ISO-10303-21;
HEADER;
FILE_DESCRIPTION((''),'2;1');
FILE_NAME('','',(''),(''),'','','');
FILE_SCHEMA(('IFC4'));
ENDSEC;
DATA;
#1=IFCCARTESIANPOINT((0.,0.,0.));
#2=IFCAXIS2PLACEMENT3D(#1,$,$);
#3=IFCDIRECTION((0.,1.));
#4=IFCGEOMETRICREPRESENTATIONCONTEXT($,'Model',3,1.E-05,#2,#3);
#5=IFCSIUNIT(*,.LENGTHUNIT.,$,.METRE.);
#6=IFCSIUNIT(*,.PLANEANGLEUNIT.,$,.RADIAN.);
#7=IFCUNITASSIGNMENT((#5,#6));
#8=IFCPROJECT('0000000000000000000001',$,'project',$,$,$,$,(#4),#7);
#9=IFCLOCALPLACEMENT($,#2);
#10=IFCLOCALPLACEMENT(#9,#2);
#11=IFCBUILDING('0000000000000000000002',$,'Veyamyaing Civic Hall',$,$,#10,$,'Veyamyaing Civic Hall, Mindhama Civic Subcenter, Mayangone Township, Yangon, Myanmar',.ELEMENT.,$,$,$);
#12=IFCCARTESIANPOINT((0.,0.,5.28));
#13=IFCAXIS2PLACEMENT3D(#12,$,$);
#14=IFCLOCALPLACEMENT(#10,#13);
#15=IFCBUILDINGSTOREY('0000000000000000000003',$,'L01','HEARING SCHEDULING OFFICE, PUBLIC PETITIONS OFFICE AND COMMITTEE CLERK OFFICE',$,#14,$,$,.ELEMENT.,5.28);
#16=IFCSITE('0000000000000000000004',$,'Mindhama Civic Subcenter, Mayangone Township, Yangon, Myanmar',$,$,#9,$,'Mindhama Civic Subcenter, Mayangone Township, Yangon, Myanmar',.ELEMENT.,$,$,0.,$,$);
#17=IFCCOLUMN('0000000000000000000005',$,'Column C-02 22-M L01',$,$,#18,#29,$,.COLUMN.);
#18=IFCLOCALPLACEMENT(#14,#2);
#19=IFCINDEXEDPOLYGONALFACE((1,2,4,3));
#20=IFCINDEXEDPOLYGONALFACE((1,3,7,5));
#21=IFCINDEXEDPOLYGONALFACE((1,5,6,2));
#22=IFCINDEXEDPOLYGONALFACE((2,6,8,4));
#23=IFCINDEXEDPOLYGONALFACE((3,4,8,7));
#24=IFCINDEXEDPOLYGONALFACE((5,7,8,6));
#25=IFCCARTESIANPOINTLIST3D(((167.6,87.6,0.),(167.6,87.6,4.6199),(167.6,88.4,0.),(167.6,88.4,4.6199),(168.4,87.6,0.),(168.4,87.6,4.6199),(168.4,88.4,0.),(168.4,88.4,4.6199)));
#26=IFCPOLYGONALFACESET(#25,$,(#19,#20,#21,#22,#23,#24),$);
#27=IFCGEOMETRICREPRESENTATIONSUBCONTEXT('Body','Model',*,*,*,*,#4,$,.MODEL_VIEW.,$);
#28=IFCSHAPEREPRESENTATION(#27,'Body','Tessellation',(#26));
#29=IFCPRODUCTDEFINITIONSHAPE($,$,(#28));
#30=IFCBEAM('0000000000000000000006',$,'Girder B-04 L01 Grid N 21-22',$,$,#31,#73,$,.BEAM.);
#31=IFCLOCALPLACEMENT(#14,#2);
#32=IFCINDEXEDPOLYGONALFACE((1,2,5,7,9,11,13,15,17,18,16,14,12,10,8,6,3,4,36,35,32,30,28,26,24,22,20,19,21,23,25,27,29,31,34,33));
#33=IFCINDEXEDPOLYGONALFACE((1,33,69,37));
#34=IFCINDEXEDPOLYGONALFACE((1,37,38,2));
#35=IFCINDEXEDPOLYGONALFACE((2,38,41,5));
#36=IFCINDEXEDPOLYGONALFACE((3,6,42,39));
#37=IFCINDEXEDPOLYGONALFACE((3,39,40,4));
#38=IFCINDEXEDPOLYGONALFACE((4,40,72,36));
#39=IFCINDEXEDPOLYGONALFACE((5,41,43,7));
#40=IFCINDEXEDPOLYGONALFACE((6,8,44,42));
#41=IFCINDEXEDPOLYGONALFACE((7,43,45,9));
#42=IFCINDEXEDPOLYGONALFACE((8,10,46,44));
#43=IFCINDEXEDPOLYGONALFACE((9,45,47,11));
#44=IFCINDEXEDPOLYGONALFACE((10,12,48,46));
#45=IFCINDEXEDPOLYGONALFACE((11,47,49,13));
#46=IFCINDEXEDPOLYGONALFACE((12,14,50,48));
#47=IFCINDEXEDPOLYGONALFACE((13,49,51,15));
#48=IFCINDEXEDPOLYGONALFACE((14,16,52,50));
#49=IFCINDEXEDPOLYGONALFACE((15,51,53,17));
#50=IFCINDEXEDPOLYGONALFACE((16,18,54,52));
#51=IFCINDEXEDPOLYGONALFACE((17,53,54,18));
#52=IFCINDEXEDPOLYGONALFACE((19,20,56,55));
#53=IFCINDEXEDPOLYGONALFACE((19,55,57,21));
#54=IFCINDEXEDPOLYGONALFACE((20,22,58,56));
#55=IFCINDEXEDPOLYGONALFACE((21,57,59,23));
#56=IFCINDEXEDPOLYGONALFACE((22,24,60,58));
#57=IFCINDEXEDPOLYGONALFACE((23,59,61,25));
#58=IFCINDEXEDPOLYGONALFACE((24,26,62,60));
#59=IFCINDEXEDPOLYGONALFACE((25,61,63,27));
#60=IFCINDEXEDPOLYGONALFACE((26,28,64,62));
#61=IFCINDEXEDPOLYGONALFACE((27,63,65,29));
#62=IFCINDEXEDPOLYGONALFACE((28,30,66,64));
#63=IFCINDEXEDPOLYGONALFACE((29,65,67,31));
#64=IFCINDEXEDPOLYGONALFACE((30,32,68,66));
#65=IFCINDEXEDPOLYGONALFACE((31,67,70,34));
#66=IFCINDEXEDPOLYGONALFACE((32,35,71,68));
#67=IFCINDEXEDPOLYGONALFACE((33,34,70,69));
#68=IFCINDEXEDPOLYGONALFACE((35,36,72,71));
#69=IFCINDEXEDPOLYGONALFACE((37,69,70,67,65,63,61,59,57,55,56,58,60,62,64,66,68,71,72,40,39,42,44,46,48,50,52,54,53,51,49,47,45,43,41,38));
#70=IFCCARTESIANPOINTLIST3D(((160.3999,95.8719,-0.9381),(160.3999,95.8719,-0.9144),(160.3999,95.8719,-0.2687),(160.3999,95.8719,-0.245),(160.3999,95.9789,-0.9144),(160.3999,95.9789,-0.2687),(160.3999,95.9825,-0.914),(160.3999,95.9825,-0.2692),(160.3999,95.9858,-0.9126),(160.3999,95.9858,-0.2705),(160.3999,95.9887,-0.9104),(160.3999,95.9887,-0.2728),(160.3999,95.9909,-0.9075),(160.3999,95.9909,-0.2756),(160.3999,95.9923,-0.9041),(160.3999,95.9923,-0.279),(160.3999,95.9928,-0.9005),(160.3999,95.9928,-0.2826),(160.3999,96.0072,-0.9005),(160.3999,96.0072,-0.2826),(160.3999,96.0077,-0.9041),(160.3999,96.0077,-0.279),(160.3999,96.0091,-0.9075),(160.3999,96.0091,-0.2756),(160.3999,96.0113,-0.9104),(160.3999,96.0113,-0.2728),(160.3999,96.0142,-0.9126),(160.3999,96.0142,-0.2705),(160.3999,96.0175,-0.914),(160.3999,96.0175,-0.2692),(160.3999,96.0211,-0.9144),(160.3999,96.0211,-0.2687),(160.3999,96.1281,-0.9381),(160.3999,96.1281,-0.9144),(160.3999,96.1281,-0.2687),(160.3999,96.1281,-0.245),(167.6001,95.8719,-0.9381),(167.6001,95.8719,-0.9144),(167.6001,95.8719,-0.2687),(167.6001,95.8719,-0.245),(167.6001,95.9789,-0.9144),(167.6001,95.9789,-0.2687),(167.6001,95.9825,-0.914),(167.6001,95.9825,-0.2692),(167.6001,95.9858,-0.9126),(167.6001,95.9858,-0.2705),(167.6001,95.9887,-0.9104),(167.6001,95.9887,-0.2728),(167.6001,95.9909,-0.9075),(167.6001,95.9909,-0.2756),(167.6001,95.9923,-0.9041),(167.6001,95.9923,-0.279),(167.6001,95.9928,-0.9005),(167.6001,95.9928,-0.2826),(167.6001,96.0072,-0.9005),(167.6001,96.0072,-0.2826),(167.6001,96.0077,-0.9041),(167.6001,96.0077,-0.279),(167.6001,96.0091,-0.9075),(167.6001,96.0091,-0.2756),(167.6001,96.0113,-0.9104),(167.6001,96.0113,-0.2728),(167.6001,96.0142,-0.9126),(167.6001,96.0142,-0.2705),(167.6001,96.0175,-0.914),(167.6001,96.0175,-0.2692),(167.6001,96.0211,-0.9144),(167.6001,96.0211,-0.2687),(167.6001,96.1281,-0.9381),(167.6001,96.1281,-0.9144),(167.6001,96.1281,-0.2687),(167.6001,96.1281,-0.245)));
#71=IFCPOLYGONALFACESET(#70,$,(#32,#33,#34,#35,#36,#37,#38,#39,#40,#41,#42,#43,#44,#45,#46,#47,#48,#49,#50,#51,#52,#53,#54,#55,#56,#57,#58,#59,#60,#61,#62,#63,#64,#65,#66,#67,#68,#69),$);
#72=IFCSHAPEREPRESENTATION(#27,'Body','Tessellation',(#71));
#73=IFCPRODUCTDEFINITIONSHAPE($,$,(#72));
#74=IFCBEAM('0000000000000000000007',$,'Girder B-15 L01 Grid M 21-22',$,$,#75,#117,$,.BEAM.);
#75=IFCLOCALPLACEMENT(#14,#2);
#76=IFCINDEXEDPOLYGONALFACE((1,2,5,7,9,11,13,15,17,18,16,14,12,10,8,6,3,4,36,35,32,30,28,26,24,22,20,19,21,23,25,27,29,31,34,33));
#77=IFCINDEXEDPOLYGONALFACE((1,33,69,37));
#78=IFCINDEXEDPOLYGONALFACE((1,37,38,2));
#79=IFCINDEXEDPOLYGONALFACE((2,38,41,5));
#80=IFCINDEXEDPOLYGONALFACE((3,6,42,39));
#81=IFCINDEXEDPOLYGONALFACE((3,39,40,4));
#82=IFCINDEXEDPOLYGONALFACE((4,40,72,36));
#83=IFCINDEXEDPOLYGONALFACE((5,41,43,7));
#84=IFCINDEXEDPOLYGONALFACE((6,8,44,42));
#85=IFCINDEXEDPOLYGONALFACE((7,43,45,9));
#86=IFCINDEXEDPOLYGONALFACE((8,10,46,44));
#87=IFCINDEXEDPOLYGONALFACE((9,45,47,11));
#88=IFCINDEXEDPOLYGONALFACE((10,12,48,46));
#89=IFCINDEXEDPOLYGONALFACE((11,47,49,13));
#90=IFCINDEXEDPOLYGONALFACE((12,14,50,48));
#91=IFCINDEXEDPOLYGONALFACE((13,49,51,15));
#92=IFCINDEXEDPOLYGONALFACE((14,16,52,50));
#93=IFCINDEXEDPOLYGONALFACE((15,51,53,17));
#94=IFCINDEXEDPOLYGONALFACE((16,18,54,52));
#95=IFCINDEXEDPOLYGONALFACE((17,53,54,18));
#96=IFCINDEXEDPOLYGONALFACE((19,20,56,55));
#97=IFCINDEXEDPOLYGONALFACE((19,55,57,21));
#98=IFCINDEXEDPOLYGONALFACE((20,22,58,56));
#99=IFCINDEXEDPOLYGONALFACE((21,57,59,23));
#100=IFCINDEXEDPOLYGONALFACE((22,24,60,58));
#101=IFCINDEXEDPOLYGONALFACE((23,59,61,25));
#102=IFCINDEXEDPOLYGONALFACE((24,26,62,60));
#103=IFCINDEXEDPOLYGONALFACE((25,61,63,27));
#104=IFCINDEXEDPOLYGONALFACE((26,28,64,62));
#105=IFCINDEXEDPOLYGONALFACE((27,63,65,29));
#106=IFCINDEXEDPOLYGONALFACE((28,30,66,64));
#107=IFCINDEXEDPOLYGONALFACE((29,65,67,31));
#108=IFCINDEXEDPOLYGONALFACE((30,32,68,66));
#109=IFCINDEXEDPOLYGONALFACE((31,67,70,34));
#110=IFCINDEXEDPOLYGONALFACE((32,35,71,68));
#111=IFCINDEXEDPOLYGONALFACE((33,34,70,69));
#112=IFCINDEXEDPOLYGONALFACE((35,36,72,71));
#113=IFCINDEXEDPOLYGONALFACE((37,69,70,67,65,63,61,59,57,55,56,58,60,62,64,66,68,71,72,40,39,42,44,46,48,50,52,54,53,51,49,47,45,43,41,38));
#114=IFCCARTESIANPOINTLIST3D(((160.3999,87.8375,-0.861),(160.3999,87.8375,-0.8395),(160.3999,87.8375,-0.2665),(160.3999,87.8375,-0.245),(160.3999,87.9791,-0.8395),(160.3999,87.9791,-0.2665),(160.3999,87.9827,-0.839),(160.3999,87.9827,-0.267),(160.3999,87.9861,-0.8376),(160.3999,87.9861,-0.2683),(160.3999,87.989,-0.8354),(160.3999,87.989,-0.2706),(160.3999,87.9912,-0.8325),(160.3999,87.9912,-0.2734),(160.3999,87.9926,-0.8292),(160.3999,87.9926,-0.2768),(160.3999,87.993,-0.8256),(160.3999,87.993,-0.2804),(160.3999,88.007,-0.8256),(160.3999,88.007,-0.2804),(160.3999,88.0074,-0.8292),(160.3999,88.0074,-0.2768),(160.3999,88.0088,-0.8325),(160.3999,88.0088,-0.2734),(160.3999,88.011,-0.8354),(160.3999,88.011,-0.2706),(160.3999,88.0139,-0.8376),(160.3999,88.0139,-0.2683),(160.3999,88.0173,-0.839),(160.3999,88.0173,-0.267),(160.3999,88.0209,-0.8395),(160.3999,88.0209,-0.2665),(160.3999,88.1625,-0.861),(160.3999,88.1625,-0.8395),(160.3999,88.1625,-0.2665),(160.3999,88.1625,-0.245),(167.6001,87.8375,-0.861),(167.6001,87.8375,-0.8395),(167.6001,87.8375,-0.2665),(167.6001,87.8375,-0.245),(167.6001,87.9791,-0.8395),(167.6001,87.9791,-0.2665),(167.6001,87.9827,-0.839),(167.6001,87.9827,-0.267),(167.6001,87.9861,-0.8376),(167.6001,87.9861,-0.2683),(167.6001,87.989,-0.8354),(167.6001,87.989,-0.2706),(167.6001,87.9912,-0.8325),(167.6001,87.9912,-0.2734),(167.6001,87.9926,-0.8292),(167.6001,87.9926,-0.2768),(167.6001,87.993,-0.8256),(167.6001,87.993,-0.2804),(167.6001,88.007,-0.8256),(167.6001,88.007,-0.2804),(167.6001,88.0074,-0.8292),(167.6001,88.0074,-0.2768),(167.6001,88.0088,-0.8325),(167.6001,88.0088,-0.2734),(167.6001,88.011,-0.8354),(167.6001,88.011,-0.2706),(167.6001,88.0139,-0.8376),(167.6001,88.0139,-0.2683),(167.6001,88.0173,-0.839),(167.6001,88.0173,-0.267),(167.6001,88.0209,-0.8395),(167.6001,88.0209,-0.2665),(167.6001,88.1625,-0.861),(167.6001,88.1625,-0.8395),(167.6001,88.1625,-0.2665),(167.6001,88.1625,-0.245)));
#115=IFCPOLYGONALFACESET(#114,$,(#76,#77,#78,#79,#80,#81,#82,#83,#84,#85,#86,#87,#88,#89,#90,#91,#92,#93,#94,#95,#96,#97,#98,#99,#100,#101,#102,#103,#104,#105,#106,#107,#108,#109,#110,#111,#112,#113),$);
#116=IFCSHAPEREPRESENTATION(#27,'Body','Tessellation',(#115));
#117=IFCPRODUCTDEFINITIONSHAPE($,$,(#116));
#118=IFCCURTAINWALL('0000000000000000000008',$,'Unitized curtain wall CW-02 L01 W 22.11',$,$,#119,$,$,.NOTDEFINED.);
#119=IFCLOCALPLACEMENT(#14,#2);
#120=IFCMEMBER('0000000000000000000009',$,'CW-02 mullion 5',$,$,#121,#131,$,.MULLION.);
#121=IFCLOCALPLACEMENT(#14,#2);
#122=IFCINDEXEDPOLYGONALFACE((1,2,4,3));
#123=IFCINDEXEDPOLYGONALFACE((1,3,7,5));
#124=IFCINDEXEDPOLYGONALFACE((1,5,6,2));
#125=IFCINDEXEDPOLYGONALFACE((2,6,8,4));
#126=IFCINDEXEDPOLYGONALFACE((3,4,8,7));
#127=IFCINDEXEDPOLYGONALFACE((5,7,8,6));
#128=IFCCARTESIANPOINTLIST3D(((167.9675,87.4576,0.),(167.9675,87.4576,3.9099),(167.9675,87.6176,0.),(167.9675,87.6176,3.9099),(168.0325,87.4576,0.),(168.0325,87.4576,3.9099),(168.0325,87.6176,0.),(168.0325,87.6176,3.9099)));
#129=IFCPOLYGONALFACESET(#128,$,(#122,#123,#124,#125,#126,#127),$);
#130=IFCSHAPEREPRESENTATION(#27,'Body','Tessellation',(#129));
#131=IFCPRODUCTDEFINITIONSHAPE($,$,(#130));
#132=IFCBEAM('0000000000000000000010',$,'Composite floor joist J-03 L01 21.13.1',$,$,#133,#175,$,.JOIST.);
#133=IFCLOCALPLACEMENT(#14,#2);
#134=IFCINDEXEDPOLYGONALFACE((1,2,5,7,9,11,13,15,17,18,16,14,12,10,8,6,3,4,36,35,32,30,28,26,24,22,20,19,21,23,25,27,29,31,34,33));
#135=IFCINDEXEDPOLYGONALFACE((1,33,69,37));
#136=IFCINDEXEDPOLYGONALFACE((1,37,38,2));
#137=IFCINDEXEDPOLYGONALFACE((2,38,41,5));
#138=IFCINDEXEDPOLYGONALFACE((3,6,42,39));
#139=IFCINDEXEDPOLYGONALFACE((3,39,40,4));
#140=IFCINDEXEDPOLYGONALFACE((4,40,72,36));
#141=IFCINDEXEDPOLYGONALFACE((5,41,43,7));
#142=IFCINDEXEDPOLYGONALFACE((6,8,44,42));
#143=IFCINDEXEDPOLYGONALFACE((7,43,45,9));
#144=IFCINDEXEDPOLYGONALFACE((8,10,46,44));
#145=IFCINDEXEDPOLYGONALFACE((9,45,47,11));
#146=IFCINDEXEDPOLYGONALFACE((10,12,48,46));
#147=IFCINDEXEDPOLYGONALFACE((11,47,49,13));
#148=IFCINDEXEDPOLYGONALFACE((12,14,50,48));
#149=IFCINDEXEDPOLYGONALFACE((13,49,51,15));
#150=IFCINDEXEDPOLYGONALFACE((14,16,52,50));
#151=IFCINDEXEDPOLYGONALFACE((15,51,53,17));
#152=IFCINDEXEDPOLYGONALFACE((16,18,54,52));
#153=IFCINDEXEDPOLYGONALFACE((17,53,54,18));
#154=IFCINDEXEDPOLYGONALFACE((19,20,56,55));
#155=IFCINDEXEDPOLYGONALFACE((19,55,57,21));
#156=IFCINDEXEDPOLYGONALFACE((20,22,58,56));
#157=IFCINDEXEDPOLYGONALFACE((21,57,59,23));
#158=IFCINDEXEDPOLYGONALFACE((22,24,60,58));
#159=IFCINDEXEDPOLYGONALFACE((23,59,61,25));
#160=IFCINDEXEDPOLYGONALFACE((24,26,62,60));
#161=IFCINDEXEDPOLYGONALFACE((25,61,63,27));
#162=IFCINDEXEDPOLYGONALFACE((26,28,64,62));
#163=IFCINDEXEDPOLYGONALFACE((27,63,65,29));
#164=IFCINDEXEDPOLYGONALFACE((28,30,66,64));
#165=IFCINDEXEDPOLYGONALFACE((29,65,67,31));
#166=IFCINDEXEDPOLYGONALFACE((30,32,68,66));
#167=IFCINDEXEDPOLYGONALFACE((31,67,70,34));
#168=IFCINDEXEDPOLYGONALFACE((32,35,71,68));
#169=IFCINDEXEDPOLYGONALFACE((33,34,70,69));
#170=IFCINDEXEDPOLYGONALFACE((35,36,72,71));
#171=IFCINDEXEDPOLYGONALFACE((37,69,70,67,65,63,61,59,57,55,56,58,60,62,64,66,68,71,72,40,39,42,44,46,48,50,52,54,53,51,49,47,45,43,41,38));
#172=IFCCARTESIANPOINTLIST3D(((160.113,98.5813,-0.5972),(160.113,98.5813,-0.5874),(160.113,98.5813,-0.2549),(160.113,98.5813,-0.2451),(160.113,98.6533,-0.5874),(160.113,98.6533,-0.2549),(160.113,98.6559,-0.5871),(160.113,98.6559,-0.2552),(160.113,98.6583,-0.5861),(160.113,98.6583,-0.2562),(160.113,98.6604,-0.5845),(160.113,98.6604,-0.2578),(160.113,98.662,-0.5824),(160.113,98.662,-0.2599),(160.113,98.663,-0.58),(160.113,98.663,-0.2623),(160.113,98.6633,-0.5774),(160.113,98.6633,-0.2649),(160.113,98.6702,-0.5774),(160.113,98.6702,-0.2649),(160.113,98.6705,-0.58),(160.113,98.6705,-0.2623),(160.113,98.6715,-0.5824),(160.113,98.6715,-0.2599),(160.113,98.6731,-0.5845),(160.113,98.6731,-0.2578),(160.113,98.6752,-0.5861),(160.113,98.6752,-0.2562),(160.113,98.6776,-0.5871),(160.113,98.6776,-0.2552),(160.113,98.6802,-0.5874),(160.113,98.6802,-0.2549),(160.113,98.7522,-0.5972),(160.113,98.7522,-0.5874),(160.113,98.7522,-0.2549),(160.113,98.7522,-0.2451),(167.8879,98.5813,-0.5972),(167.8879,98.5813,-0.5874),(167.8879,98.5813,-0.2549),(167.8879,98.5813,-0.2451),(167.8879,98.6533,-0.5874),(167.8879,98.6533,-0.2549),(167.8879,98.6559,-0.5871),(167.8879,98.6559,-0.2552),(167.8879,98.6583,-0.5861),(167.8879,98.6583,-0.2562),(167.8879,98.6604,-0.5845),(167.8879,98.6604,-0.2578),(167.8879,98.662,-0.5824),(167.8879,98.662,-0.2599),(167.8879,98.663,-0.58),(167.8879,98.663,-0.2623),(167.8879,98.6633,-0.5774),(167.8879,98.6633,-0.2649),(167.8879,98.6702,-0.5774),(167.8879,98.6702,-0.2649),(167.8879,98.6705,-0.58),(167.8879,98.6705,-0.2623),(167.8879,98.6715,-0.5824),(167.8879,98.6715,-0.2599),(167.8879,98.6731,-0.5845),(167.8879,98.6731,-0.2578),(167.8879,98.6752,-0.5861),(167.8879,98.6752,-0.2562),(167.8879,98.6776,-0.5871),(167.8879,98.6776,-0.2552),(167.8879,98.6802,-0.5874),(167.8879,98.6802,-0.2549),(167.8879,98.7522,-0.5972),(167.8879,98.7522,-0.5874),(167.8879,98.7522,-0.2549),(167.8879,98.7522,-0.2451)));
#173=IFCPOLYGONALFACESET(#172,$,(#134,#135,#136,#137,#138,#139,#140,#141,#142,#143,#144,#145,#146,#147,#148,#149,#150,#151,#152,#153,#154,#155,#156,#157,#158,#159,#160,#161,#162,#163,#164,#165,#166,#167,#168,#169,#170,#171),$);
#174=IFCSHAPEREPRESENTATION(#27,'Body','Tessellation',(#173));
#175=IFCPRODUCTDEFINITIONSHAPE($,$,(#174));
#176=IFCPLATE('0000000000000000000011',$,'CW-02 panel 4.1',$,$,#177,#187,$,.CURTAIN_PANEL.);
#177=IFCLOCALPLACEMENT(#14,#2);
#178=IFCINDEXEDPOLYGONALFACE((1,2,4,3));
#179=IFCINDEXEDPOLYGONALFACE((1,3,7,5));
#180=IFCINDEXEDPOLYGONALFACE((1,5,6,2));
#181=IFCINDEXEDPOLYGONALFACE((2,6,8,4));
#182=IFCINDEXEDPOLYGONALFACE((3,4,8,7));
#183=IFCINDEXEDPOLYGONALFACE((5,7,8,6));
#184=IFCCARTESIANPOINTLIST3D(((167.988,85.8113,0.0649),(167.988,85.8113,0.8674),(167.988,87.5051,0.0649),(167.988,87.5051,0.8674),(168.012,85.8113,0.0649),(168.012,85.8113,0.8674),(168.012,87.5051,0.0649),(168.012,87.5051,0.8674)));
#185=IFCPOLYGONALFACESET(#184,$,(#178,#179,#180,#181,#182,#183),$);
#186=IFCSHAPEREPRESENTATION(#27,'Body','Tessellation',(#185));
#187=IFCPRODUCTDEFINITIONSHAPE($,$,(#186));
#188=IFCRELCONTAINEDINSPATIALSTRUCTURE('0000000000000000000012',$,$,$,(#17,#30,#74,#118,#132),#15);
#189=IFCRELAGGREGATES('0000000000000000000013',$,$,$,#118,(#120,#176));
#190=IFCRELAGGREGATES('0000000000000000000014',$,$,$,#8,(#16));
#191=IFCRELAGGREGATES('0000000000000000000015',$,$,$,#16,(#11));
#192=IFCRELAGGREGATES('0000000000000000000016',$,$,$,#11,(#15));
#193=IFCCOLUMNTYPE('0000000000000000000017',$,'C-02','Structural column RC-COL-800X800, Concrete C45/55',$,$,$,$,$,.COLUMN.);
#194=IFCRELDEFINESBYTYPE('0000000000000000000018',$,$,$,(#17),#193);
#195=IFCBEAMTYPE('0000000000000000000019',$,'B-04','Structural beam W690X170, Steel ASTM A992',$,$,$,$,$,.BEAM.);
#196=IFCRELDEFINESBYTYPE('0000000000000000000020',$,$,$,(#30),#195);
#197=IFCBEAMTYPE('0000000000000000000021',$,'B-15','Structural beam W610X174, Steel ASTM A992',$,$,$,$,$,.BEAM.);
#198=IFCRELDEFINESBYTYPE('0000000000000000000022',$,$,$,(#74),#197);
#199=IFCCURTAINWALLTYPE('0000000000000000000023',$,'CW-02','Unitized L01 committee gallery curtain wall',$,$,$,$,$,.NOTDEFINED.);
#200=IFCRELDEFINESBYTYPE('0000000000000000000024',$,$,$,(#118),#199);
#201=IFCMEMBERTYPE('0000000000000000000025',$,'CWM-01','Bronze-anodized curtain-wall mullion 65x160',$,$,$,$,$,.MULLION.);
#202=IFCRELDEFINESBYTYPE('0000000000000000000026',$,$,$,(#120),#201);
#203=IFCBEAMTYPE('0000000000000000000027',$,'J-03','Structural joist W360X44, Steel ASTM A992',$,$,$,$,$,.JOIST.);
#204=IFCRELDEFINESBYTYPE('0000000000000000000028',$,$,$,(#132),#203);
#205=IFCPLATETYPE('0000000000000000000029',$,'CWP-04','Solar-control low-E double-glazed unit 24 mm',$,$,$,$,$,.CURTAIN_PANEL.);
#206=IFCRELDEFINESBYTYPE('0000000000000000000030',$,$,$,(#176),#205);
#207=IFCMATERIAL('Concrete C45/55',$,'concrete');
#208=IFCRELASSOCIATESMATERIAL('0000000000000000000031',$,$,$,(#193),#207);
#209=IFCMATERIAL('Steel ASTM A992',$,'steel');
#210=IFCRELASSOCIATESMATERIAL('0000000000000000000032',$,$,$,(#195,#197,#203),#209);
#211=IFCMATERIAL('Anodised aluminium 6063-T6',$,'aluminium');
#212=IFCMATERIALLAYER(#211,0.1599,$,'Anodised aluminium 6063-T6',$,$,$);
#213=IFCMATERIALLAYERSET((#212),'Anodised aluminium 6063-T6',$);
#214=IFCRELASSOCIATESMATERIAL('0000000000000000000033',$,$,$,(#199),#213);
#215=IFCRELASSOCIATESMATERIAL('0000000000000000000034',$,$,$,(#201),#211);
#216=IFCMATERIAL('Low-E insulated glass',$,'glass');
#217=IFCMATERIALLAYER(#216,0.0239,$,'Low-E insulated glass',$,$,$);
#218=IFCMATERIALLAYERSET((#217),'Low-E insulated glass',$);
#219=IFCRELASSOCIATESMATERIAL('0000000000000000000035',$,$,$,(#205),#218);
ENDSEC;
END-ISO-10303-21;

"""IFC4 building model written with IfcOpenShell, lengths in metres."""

from ifc_helpers import new_model, si_unit, direction, frame, origin, origin_2d, place, context, subcontext, project, spatial, rectangle, i_section, extrude, material, layer, layer_set, material_profile, profile_set, type_object, element, aggregate, save


model = new_model("IFC4")

# Units and contexts
model_context = context("Model", 3, precision=1e-05, world=origin(), true_north=direction((0.0, 1.0)))
body_context = subcontext(model_context, "Body", "Model", "MODEL_VIEW")
ifc_project = project(units=[si_unit("LENGTHUNIT", "METRE"), si_unit("PLANEANGLEUNIT", "RADIAN")], contexts=[model_context])

# Site, building, storey
site_placement = place(None, origin())
site = spatial("IfcSite", under=ifc_project, at=site_placement, Name="Mindhama Civic Subcenter, Mayangone Township, Yangon, Myanmar", LongName="Mindhama Civic Subcenter, Mayangone Township, Yangon, Myanmar", CompositionType="ELEMENT", RefElevation=0.0)
building_placement = place(site_placement, origin())
building = spatial("IfcBuilding", under=site, at=building_placement, Name="Veyamyaing Civic Hall", LongName="Veyamyaing Civic Hall, Mindhama Civic Subcenter, Mayangone Township, Yangon, Myanmar", CompositionType="ELEMENT")
storey_placement = place(building_placement, frame((0.0, 0.0, 5.28)))
storey = spatial("IfcBuildingStorey", under=building, at=storey_placement, Name="L01", Description="HEARING SCHEDULING OFFICE, PUBLIC PETITIONS OFFICE AND COMMITTEE CLERK OFFICE", CompositionType="ELEMENT", Elevation=5.28)

# Column
ifc_material_1 = material(Name="Concrete C45/55", Category="concrete")
ifc_material_profile_1 = material_profile(ifc_material_1, rectangle(XDim=0.8, YDim=0.8, at=origin_2d()), Name="RC-COL-800X800")
ifc_profile_set_1 = profile_set([ifc_material_profile_1], Name="Concrete C45/55")
column_type = type_object("IfcColumnType", Name="C-02", Description="Structural column RC-COL-800X800, Concrete C45/55", PredefinedType="COLUMN", material=ifc_profile_set_1)
column_placement = place(storey_placement, frame((168.0, 88.0, 0.0), z_axis=(0.0, 0.0, 1.0), x_axis=(1.0, 0.0, 0.0)))
element("IfcColumn", 1, at=column_placement, inside=storey, type_object=column_type, Name="Column C-02 22-M L01", PredefinedType="COLUMN", context=body_context, shape_type="SweptSolid", body=[
    extrude(rectangle(XDim=0.8, YDim=0.8, at=origin_2d()), origin(), (0.0, 0.0, 1.0), 4.6199),
])

# Beams
ifc_material_2 = material(Name="Steel ASTM A992", Category="steel")
ifc_material_profile_2 = material_profile(ifc_material_2, i_section(OverallWidth=0.2561, OverallDepth=0.6931, WebThickness=0.0144, FlangeThickness=0.0237, FilletRadius=0.0139, at=origin_2d()), Name="W690X170")
ifc_profile_set_2 = profile_set([ifc_material_profile_2], Name="Steel ASTM A992")
beam_type_1 = type_object("IfcBeamType", Name="B-04", Description="Structural beam W690X170, Steel ASTM A992", PredefinedType="BEAM", material=ifc_profile_set_2)
beam_1_placement = place(storey_placement, frame((160.3999, 96.0, -0.5916), z_axis=(1.0, 0.0, 0.0), x_axis=(0.0, 1.0, 0.0)))
element("IfcBeam", 2, at=beam_1_placement, inside=storey, type_object=beam_type_1, Name="Girder B-04 L01 Grid N 21-22", PredefinedType="BEAM", context=body_context, shape_type="SweptSolid", body=[
    extrude(i_section(OverallWidth=0.2561, OverallDepth=0.6931, WebThickness=0.0144, FlangeThickness=0.0237, FilletRadius=0.0139, at=origin_2d()), origin(), (0.0, 0.0, 1.0), 7.2002),
])
ifc_material_profile_3 = material_profile(ifc_material_2, i_section(OverallWidth=0.325, OverallDepth=0.616, WebThickness=0.0139, FlangeThickness=0.0215, FilletRadius=0.0139, at=origin_2d()), Name="W610X174")
ifc_profile_set_3 = profile_set([ifc_material_profile_3], Name="Steel ASTM A992")
beam_type_2 = type_object("IfcBeamType", Name="B-15", Description="Structural beam W610X174, Steel ASTM A992", PredefinedType="BEAM", material=ifc_profile_set_3)
beam_2_placement = place(storey_placement, frame((160.3999, 88.0, -0.553), z_axis=(1.0, 0.0, 0.0), x_axis=(0.0, 1.0, 0.0)))
element("IfcBeam", 3, at=beam_2_placement, inside=storey, type_object=beam_type_2, Name="Girder B-15 L01 Grid M 21-22", PredefinedType="BEAM", context=body_context, shape_type="SweptSolid", body=[
    extrude(i_section(OverallWidth=0.325, OverallDepth=0.616, WebThickness=0.0139, FlangeThickness=0.0215, FilletRadius=0.0139, at=origin_2d()), origin(), (0.0, 0.0, 1.0), 7.2002),
])

# Curtain wall, member
ifc_material_3 = material(Name="Anodised aluminium 6063-T6", Category="aluminium")
ifc_layer_1 = layer(ifc_material_3, 0.1599, Name="Anodised aluminium 6063-T6")
ifc_layer_set_1 = layer_set([ifc_layer_1], Name="Anodised aluminium 6063-T6")
curtain_wall_type = type_object("IfcCurtainWallType", Name="CW-02", Description="Unitized L01 committee gallery curtain wall", PredefinedType="NOTDEFINED", material=ifc_layer_set_1)
curtain_wall_placement = place(storey_placement, origin())
curtain_wall = element("IfcCurtainWall", 4, at=curtain_wall_placement, inside=storey, type_object=curtain_wall_type, Name="Unitized curtain wall CW-02 L01 W 22.11", PredefinedType="NOTDEFINED")
ifc_material_profile_4 = material_profile(ifc_material_3, rectangle(XDim=0.0649, YDim=0.1599, at=origin_2d()), Name="ALU-MUL-65X160")
ifc_profile_set_4 = profile_set([ifc_material_profile_4], Name="Anodised aluminium 6063-T6")
member_type = type_object("IfcMemberType", Name="CWM-01", Description="Bronze-anodized curtain-wall mullion 65x160", PredefinedType="MULLION", material=ifc_profile_set_4)
member_placement = place(storey_placement, frame((168.0, 87.5376, 0.0), z_axis=(0.0, 0.0, 1.0), x_axis=(-1.0, 0.0, 0.0)))
member = element("IfcMember", 5, at=member_placement, type_object=member_type, Name="CW-02 mullion 5", PredefinedType="MULLION", context=body_context, shape_type="SweptSolid", body=[
    extrude(rectangle(XDim=0.0649, YDim=0.1599, at=origin_2d()), origin(), (0.0, 0.0, 1.0), 3.9099),
])

# Beam
ifc_material_profile_5 = material_profile(ifc_material_2, i_section(OverallWidth=0.1709, OverallDepth=0.3521, WebThickness=0.0068, FlangeThickness=0.0098, FilletRadius=0.01, at=origin_2d()), Name="W360X44")
ifc_profile_set_5 = profile_set([ifc_material_profile_5], Name="Steel ASTM A992")
beam_type_3 = type_object("IfcBeamType", Name="J-03", Description="Structural joist W360X44, Steel ASTM A992", PredefinedType="JOIST", material=ifc_profile_set_5)
beam_3_placement = place(storey_placement, frame((160.113, 98.6667, -0.4211), z_axis=(1.0, 0.0, 0.0), x_axis=(0.0, 1.0, 0.0)))
element("IfcBeam", 6, at=beam_3_placement, inside=storey, type_object=beam_type_3, Name="Composite floor joist J-03 L01 21.13.1", PredefinedType="JOIST", context=body_context, shape_type="SweptSolid", body=[
    extrude(i_section(OverallWidth=0.1709, OverallDepth=0.3521, WebThickness=0.0068, FlangeThickness=0.0098, FilletRadius=0.01, at=origin_2d()), origin(), (0.0, 0.0, 1.0), 7.7749),
])

# Plate
ifc_material_4 = material(Name="Low-E insulated glass", Category="glass")
ifc_layer_2 = layer(ifc_material_4, 0.0239, Name="Low-E insulated glass")
ifc_layer_set_2 = layer_set([ifc_layer_2], Name="Low-E insulated glass")
plate_type = type_object("IfcPlateType", Name="CWP-04", Description="Solar-control low-E double-glazed unit 24 mm", PredefinedType="CURTAIN_PANEL", material=ifc_layer_set_2)
plate_1_placement = place(storey_placement, frame((168.0, 86.6582, 0.0649), z_axis=(0.0, 0.0, 1.0), x_axis=(0.0, 1.0, 0.0)))
plate_1 = element("IfcPlate", 7, at=plate_1_placement, type_object=plate_type, Name="CW-02 panel 4.1", PredefinedType="CURTAIN_PANEL", context=body_context, shape_type="SweptSolid", body=[
    extrude(rectangle(XDim=1.6938, YDim=0.0239, at=origin_2d()), origin(), (0.0, 0.0, 1.0), 0.8025),
])
aggregate(curtain_wall, [member, plate_1])

save(model, "model.ifc")
